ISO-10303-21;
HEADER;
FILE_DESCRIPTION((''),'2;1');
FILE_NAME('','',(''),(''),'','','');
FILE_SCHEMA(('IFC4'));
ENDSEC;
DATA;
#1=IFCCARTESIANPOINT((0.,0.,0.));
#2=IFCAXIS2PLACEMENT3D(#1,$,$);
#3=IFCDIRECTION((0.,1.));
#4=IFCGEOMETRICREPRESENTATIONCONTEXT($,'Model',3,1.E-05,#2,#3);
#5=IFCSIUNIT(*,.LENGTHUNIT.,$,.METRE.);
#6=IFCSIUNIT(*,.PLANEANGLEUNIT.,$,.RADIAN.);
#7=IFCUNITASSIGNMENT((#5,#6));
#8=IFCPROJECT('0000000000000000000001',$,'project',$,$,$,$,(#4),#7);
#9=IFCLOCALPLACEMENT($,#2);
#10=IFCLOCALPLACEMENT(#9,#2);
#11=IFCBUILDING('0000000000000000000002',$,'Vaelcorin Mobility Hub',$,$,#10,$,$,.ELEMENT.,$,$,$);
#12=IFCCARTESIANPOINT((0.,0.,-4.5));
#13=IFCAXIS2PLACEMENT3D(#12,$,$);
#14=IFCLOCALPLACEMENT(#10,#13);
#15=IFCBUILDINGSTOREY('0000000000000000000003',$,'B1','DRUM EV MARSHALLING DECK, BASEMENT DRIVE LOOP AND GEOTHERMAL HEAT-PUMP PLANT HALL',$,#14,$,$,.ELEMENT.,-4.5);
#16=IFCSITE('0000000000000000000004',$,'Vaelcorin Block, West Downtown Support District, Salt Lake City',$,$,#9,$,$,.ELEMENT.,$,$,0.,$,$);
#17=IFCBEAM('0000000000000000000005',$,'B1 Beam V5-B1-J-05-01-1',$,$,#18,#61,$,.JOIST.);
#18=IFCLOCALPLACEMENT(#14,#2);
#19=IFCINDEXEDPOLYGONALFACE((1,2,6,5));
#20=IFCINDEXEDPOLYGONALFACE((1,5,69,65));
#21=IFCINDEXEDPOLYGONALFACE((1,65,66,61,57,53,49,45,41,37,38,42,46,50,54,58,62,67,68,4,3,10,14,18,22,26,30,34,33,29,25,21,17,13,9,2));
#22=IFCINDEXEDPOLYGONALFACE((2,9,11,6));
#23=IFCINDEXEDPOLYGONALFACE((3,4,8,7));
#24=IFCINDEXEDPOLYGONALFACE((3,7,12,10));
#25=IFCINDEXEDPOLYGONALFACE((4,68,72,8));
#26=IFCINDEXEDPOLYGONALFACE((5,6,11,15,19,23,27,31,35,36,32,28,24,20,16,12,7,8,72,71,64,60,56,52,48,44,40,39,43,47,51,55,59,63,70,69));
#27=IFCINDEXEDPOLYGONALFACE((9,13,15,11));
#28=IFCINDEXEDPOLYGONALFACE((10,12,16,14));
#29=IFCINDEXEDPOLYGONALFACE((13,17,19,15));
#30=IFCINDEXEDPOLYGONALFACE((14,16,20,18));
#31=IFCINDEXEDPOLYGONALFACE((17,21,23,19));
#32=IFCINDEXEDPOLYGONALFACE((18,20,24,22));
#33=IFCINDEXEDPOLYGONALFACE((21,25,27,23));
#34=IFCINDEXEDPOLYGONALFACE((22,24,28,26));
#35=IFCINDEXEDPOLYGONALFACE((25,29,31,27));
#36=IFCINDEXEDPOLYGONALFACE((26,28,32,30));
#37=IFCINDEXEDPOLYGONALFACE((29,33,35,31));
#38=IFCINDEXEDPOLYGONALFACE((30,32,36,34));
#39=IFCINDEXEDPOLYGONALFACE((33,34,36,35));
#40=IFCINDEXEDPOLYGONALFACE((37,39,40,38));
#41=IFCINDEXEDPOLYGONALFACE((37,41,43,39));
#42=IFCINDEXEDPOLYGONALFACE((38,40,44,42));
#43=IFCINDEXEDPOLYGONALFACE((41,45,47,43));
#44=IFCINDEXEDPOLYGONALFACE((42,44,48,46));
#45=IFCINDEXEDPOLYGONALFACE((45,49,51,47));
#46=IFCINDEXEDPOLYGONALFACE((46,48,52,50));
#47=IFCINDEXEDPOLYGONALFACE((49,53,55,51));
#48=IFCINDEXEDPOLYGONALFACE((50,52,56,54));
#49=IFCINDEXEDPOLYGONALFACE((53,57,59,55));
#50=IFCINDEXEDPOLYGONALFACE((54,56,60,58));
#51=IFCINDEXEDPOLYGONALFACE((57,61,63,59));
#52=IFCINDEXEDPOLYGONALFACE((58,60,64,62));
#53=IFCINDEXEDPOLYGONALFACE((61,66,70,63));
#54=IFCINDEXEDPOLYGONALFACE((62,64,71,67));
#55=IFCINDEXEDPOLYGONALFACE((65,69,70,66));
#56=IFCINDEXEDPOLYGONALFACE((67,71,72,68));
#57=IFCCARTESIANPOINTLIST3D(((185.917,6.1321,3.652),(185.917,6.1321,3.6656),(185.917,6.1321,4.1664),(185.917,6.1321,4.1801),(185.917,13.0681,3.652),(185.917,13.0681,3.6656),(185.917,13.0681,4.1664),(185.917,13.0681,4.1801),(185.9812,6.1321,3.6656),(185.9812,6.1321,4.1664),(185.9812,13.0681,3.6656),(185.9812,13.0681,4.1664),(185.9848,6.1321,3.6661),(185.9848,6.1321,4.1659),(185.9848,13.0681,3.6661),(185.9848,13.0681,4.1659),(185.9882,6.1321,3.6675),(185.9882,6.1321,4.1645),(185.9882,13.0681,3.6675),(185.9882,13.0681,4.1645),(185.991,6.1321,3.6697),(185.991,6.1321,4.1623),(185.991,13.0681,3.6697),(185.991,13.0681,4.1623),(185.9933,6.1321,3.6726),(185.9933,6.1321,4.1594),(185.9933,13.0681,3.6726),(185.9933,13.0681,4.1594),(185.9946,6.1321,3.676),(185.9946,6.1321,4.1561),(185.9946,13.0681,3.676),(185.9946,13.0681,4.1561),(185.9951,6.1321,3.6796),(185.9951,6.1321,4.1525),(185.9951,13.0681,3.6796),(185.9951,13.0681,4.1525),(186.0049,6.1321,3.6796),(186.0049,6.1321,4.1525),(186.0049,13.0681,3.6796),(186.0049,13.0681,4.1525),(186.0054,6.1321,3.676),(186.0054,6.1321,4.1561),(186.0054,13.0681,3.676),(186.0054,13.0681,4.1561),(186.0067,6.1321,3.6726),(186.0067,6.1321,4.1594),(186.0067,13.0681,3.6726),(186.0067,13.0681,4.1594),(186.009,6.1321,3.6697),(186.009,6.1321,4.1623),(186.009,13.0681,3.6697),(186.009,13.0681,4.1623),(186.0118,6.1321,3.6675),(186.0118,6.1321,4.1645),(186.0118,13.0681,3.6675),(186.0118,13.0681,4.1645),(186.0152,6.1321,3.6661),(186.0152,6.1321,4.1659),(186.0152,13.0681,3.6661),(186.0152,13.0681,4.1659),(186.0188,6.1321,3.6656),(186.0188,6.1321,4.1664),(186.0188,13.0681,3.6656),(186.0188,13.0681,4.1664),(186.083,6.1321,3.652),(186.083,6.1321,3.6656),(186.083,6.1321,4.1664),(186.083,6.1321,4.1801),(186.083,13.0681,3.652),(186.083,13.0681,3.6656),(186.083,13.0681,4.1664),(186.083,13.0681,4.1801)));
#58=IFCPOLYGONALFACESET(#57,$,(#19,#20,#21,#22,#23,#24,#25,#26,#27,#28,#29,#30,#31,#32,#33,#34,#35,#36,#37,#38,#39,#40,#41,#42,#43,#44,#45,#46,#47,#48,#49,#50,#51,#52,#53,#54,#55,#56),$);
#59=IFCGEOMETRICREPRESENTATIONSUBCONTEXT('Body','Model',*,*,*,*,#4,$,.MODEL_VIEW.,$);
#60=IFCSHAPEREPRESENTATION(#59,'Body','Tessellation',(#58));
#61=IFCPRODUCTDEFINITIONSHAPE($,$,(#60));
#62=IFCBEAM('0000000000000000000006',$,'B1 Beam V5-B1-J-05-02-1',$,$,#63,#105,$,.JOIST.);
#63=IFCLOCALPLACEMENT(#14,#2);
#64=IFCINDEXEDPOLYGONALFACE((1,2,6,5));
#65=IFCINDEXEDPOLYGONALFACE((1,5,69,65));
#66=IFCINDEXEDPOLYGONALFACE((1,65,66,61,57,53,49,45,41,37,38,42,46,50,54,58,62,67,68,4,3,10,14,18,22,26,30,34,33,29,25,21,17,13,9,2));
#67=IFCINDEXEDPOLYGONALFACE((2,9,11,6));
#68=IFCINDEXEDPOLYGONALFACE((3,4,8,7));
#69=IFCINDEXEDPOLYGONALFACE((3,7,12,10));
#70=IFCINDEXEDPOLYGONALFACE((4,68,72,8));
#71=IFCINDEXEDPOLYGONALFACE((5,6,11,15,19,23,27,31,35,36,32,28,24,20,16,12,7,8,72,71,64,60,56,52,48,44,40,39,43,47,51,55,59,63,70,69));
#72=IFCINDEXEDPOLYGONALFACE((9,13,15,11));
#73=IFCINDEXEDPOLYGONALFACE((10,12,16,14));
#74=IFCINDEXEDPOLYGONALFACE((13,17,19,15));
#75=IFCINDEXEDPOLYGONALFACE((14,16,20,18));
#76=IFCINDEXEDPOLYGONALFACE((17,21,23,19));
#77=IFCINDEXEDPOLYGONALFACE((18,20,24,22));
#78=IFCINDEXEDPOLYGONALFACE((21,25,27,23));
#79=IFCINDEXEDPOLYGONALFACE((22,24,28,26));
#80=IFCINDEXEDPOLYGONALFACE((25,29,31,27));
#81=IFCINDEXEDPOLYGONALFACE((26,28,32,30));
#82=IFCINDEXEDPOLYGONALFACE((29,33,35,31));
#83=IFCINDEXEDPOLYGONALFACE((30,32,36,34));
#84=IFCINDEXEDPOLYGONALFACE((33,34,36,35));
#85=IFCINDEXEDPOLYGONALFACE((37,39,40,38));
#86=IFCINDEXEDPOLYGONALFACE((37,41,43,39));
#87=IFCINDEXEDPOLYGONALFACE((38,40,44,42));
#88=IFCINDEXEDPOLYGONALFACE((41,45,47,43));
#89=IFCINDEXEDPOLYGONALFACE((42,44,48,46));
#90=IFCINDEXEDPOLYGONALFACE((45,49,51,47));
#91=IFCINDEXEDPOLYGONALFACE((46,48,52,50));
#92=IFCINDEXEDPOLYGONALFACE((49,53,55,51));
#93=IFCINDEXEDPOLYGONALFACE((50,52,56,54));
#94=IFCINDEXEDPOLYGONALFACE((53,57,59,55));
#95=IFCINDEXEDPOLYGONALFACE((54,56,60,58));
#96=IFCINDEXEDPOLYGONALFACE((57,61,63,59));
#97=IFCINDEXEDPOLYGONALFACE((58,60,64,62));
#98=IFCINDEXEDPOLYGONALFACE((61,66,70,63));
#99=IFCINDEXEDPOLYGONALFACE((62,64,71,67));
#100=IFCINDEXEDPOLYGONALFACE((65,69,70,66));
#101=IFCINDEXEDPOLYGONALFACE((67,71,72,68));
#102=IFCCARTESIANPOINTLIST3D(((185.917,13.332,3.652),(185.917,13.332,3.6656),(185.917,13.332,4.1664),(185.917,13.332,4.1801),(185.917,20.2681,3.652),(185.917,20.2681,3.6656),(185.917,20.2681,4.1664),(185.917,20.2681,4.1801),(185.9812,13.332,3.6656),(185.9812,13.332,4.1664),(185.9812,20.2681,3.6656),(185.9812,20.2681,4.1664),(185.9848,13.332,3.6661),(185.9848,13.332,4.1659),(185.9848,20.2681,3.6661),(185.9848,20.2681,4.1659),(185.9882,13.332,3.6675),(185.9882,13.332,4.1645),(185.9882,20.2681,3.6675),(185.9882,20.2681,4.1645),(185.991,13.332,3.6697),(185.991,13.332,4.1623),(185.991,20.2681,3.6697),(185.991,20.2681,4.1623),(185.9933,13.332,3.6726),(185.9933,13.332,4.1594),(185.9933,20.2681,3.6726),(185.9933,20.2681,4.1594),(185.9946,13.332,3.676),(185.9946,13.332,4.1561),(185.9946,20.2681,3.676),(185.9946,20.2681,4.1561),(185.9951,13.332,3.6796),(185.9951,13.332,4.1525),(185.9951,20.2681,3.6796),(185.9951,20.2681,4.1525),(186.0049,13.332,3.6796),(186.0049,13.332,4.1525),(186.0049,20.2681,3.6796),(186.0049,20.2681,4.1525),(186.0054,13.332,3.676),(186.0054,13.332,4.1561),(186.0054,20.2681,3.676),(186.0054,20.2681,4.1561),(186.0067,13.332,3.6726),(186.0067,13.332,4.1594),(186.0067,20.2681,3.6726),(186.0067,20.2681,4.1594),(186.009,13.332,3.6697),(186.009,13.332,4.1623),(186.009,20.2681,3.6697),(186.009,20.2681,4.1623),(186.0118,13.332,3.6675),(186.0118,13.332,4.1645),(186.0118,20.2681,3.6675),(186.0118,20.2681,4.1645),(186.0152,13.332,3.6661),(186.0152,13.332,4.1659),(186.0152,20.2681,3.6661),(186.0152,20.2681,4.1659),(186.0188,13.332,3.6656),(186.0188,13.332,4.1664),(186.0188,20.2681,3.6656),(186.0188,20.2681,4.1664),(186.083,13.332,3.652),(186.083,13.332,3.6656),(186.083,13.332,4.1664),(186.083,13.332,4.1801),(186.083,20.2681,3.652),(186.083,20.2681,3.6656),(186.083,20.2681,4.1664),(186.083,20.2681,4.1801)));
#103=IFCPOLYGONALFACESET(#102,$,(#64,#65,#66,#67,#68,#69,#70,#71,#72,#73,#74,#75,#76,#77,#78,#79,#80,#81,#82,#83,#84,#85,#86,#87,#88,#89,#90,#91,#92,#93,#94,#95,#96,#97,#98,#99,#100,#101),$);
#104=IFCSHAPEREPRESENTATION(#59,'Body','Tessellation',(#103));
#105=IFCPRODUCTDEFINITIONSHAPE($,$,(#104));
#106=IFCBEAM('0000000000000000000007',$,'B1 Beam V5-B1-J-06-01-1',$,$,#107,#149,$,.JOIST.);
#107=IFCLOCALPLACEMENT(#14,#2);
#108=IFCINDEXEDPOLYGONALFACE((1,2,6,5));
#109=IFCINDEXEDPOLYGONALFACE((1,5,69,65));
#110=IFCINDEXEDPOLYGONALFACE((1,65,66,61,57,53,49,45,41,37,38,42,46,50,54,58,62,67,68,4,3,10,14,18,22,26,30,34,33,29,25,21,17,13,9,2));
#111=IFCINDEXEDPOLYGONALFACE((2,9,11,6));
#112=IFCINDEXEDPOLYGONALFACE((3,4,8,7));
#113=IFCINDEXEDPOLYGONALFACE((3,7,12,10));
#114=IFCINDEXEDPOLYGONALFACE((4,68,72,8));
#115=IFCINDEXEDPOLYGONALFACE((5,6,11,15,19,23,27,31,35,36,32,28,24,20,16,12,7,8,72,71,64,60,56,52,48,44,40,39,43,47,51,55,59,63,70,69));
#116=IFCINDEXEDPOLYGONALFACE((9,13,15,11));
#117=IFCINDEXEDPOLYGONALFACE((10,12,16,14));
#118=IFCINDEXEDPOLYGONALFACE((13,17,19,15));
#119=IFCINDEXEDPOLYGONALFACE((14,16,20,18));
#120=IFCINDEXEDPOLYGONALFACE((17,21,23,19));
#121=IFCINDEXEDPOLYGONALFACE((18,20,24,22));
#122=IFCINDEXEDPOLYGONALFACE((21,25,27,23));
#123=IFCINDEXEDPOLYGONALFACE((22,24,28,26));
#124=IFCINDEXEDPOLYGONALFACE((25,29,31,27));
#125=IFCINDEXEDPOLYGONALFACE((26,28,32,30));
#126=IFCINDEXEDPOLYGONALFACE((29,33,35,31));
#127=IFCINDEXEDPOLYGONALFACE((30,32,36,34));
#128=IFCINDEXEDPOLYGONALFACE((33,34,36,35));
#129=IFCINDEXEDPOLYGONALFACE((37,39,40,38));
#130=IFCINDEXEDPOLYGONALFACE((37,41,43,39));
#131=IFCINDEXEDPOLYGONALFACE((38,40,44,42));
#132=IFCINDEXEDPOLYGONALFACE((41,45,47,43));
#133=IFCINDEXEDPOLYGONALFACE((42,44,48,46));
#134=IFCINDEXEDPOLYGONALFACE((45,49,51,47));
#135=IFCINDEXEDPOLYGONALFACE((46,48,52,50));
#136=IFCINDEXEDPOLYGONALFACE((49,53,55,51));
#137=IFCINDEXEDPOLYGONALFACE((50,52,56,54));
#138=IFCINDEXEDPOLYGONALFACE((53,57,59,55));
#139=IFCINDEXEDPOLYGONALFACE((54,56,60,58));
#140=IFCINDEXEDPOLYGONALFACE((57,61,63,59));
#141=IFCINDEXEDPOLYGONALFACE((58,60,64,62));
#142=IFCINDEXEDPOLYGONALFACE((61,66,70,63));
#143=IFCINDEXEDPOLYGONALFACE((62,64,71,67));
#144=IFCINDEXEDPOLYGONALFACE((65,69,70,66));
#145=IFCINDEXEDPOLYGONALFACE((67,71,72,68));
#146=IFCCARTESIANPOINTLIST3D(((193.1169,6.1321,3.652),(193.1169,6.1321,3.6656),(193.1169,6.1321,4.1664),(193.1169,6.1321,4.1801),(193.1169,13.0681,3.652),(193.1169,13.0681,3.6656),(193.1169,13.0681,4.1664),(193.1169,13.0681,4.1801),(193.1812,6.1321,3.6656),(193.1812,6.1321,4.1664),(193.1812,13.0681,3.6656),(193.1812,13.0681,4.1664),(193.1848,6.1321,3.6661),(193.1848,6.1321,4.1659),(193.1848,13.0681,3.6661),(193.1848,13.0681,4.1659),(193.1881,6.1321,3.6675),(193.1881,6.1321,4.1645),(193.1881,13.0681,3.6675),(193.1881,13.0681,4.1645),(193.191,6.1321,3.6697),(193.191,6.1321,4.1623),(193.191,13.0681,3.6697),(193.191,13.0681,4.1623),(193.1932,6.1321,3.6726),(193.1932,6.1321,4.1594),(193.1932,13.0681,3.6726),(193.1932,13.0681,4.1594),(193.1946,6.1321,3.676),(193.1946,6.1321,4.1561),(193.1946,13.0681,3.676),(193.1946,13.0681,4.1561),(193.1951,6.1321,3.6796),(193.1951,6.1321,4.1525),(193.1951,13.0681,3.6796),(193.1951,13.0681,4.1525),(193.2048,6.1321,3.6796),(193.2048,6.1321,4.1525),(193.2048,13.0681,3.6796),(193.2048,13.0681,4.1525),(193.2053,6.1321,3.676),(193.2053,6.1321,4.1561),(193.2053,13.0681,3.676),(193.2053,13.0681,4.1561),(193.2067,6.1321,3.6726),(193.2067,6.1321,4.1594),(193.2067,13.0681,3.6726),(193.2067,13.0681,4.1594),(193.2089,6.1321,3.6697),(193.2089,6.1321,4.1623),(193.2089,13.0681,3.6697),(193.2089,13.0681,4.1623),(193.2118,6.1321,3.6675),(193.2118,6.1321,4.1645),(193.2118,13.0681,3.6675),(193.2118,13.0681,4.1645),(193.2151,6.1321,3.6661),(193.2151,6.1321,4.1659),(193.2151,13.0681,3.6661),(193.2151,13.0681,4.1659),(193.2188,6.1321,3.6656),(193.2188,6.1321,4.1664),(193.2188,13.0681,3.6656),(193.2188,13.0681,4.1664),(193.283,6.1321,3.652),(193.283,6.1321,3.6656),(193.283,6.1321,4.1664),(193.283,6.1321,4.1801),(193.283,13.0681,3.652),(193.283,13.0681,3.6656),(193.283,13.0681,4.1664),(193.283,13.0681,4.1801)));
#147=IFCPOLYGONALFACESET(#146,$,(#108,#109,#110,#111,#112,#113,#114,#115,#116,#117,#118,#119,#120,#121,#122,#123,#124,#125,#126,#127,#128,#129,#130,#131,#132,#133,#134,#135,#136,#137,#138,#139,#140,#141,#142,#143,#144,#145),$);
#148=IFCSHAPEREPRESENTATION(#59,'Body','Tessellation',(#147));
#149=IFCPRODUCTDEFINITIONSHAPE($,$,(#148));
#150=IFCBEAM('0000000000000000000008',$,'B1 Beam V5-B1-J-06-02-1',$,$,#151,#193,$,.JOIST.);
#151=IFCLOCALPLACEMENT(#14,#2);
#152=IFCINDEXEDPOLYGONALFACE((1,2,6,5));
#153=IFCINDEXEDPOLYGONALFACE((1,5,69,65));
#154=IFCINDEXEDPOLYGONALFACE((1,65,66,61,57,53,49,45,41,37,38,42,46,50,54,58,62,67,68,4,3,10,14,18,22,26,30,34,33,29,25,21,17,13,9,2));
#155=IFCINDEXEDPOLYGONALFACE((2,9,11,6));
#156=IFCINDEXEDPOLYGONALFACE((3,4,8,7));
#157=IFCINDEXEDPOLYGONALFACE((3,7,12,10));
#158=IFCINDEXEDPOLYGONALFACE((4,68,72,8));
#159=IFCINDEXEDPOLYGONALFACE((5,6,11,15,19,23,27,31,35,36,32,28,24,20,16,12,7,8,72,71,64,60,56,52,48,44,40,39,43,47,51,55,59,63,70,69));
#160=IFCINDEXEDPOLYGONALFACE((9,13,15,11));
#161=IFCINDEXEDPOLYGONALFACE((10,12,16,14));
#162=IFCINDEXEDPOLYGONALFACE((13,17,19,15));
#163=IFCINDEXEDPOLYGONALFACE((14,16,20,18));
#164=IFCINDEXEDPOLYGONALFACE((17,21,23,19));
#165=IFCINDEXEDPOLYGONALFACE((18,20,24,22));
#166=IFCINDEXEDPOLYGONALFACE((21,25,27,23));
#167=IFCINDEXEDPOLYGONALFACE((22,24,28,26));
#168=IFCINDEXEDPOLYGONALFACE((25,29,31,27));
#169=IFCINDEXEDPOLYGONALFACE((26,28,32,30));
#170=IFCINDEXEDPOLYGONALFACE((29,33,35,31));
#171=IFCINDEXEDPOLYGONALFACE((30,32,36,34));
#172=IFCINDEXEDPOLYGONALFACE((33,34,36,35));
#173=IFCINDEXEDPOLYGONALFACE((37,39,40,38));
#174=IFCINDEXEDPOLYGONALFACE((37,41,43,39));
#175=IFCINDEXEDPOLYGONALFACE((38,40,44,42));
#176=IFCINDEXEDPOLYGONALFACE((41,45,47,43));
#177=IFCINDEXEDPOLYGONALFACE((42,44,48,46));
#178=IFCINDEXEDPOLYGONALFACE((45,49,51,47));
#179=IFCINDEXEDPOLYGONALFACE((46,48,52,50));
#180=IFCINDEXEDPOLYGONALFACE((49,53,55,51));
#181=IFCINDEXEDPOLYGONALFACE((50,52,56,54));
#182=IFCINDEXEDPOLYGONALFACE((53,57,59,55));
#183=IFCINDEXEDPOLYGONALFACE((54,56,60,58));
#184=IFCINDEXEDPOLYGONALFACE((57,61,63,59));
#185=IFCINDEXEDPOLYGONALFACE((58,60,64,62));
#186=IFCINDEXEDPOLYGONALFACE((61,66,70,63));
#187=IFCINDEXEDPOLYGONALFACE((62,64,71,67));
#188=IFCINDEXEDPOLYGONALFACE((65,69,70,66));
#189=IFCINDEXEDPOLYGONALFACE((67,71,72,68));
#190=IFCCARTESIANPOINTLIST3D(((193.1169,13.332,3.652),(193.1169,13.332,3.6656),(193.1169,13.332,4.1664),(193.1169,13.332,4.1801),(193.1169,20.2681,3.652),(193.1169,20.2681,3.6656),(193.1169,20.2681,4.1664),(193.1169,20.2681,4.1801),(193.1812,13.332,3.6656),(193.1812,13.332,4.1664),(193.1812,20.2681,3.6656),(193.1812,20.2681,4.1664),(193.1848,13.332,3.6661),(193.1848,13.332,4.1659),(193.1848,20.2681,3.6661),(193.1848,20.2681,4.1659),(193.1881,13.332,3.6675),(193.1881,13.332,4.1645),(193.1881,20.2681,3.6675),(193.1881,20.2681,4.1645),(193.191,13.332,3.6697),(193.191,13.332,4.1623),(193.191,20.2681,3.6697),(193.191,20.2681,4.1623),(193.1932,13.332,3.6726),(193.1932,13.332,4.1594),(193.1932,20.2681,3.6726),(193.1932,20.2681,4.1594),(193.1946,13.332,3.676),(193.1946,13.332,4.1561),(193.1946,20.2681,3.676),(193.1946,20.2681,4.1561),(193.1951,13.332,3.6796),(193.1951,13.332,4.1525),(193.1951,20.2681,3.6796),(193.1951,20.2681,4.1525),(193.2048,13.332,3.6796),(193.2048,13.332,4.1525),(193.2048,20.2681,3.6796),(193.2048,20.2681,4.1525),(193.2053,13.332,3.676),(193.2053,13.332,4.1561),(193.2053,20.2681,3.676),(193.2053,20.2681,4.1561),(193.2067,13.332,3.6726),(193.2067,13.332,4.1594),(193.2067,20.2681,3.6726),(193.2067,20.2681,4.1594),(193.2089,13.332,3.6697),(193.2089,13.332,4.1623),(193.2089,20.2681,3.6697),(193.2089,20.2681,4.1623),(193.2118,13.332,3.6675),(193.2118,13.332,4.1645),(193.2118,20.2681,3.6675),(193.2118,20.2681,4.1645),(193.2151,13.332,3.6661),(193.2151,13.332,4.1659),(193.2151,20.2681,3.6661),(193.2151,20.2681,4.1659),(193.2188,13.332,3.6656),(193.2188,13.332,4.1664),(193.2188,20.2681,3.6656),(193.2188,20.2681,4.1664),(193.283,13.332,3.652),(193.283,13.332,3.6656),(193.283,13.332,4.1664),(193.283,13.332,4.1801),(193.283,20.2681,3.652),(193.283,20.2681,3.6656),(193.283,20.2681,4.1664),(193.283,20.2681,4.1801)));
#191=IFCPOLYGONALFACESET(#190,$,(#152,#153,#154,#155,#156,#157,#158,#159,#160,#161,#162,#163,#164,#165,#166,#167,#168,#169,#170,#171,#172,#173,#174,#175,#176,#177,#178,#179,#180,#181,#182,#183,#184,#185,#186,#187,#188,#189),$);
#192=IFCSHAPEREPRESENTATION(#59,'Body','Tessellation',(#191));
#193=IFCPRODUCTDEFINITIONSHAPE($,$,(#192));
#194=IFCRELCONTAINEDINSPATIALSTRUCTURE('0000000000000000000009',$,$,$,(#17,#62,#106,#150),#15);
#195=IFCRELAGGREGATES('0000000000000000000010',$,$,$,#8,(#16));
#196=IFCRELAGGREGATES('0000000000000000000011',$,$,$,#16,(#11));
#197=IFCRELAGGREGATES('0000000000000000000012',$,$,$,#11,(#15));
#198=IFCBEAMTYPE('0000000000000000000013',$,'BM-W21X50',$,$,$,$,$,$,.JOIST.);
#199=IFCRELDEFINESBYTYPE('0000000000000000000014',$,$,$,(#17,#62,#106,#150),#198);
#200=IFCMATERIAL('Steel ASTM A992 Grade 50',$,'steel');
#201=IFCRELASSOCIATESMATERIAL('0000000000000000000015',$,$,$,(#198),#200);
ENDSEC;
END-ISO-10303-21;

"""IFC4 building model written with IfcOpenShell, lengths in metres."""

from ifc_helpers import new_model, si_unit, direction, frame, origin, origin_2d, place, context, subcontext, project, spatial, i_section, extrude, material, material_profile, profile_set, type_object, element, save


model = new_model("IFC4")

# Units and contexts
model_context = context("Model", 3, precision=1e-05, world=origin(), true_north=direction((0.0, 1.0)))
body_context = subcontext(model_context, "Body", "Model", "MODEL_VIEW")
ifc_project = project(units=[si_unit("LENGTHUNIT", "METRE"), si_unit("PLANEANGLEUNIT", "RADIAN")], contexts=[model_context])

# Site, building, storey
site_placement = place(None, origin())
site = spatial("IfcSite", under=ifc_project, at=site_placement, Name="Vaelcorin Block, West Downtown Support District, Salt Lake City", CompositionType="ELEMENT", RefElevation=0.0)
building_placement = place(site_placement, origin())
building = spatial("IfcBuilding", under=site, at=building_placement, Name="Vaelcorin Mobility Hub", CompositionType="ELEMENT")
storey_placement = place(building_placement, frame((0.0, 0.0, -4.5)))
storey = spatial("IfcBuildingStorey", under=building, at=storey_placement, Name="B1", Description="DRUM EV MARSHALLING DECK, BASEMENT DRIVE LOOP AND GEOTHERMAL HEAT-PUMP PLANT HALL", CompositionType="ELEMENT", Elevation=-4.5)

# Shared definitions
ifc_material_1 = material(Name="Steel ASTM A992 Grade 50", Category="steel")

# Beams
ifc_material_profile_1 = material_profile(ifc_material_1, i_section(OverallWidth=0.166, OverallDepth=0.5281, WebThickness=0.0098, FlangeThickness=0.0137, FilletRadius=0.0139, at=origin_2d()), Name="W21X50")
ifc_profile_set_1 = profile_set([ifc_material_profile_1], Name="Steel ASTM A992 Grade 50")
beam_type_1 = type_object("IfcBeamType", Name="BM-W21X50", PredefinedType="JOIST", material=ifc_profile_set_1)
for number, where, z_axis, x_axis, name in (
    (1, (186.0, 6.1321, 3.916), (0.0, 1.0, 0.0), (-1.0, 0.0, 0.0), "B1 Beam V5-B1-J-05-01-1"),
    (2, (186.0, 13.332, 3.916), (0.0, 1.0, 0.0), (-1.0, 0.0, 0.0), "B1 Beam V5-B1-J-05-02-1"),
    (3, (193.2, 6.1321, 3.916), (0.0, 1.0, 0.0), (-1.0, 0.0, 0.0), "B1 Beam V5-B1-J-06-01-1"),
    (4, (193.2, 13.332, 3.916), (0.0, 1.0, 0.0), (-1.0, 0.0, 0.0), "B1 Beam V5-B1-J-06-02-1"),
):
    element("IfcBeam", number, at=place(storey_placement, frame(where, z_axis=z_axis, x_axis=x_axis)), inside=storey, type_object=beam_type_1, Name=name, PredefinedType="JOIST", context=body_context, shape_type="SweptSolid", body=[
        extrude(i_section(OverallWidth=0.166, OverallDepth=0.5281, WebThickness=0.0098, FlangeThickness=0.0137, FilletRadius=0.0139, at=origin_2d()), origin(), (0.0, 0.0, 1.0), 6.936),
    ])

save(model, "model.ifc")
